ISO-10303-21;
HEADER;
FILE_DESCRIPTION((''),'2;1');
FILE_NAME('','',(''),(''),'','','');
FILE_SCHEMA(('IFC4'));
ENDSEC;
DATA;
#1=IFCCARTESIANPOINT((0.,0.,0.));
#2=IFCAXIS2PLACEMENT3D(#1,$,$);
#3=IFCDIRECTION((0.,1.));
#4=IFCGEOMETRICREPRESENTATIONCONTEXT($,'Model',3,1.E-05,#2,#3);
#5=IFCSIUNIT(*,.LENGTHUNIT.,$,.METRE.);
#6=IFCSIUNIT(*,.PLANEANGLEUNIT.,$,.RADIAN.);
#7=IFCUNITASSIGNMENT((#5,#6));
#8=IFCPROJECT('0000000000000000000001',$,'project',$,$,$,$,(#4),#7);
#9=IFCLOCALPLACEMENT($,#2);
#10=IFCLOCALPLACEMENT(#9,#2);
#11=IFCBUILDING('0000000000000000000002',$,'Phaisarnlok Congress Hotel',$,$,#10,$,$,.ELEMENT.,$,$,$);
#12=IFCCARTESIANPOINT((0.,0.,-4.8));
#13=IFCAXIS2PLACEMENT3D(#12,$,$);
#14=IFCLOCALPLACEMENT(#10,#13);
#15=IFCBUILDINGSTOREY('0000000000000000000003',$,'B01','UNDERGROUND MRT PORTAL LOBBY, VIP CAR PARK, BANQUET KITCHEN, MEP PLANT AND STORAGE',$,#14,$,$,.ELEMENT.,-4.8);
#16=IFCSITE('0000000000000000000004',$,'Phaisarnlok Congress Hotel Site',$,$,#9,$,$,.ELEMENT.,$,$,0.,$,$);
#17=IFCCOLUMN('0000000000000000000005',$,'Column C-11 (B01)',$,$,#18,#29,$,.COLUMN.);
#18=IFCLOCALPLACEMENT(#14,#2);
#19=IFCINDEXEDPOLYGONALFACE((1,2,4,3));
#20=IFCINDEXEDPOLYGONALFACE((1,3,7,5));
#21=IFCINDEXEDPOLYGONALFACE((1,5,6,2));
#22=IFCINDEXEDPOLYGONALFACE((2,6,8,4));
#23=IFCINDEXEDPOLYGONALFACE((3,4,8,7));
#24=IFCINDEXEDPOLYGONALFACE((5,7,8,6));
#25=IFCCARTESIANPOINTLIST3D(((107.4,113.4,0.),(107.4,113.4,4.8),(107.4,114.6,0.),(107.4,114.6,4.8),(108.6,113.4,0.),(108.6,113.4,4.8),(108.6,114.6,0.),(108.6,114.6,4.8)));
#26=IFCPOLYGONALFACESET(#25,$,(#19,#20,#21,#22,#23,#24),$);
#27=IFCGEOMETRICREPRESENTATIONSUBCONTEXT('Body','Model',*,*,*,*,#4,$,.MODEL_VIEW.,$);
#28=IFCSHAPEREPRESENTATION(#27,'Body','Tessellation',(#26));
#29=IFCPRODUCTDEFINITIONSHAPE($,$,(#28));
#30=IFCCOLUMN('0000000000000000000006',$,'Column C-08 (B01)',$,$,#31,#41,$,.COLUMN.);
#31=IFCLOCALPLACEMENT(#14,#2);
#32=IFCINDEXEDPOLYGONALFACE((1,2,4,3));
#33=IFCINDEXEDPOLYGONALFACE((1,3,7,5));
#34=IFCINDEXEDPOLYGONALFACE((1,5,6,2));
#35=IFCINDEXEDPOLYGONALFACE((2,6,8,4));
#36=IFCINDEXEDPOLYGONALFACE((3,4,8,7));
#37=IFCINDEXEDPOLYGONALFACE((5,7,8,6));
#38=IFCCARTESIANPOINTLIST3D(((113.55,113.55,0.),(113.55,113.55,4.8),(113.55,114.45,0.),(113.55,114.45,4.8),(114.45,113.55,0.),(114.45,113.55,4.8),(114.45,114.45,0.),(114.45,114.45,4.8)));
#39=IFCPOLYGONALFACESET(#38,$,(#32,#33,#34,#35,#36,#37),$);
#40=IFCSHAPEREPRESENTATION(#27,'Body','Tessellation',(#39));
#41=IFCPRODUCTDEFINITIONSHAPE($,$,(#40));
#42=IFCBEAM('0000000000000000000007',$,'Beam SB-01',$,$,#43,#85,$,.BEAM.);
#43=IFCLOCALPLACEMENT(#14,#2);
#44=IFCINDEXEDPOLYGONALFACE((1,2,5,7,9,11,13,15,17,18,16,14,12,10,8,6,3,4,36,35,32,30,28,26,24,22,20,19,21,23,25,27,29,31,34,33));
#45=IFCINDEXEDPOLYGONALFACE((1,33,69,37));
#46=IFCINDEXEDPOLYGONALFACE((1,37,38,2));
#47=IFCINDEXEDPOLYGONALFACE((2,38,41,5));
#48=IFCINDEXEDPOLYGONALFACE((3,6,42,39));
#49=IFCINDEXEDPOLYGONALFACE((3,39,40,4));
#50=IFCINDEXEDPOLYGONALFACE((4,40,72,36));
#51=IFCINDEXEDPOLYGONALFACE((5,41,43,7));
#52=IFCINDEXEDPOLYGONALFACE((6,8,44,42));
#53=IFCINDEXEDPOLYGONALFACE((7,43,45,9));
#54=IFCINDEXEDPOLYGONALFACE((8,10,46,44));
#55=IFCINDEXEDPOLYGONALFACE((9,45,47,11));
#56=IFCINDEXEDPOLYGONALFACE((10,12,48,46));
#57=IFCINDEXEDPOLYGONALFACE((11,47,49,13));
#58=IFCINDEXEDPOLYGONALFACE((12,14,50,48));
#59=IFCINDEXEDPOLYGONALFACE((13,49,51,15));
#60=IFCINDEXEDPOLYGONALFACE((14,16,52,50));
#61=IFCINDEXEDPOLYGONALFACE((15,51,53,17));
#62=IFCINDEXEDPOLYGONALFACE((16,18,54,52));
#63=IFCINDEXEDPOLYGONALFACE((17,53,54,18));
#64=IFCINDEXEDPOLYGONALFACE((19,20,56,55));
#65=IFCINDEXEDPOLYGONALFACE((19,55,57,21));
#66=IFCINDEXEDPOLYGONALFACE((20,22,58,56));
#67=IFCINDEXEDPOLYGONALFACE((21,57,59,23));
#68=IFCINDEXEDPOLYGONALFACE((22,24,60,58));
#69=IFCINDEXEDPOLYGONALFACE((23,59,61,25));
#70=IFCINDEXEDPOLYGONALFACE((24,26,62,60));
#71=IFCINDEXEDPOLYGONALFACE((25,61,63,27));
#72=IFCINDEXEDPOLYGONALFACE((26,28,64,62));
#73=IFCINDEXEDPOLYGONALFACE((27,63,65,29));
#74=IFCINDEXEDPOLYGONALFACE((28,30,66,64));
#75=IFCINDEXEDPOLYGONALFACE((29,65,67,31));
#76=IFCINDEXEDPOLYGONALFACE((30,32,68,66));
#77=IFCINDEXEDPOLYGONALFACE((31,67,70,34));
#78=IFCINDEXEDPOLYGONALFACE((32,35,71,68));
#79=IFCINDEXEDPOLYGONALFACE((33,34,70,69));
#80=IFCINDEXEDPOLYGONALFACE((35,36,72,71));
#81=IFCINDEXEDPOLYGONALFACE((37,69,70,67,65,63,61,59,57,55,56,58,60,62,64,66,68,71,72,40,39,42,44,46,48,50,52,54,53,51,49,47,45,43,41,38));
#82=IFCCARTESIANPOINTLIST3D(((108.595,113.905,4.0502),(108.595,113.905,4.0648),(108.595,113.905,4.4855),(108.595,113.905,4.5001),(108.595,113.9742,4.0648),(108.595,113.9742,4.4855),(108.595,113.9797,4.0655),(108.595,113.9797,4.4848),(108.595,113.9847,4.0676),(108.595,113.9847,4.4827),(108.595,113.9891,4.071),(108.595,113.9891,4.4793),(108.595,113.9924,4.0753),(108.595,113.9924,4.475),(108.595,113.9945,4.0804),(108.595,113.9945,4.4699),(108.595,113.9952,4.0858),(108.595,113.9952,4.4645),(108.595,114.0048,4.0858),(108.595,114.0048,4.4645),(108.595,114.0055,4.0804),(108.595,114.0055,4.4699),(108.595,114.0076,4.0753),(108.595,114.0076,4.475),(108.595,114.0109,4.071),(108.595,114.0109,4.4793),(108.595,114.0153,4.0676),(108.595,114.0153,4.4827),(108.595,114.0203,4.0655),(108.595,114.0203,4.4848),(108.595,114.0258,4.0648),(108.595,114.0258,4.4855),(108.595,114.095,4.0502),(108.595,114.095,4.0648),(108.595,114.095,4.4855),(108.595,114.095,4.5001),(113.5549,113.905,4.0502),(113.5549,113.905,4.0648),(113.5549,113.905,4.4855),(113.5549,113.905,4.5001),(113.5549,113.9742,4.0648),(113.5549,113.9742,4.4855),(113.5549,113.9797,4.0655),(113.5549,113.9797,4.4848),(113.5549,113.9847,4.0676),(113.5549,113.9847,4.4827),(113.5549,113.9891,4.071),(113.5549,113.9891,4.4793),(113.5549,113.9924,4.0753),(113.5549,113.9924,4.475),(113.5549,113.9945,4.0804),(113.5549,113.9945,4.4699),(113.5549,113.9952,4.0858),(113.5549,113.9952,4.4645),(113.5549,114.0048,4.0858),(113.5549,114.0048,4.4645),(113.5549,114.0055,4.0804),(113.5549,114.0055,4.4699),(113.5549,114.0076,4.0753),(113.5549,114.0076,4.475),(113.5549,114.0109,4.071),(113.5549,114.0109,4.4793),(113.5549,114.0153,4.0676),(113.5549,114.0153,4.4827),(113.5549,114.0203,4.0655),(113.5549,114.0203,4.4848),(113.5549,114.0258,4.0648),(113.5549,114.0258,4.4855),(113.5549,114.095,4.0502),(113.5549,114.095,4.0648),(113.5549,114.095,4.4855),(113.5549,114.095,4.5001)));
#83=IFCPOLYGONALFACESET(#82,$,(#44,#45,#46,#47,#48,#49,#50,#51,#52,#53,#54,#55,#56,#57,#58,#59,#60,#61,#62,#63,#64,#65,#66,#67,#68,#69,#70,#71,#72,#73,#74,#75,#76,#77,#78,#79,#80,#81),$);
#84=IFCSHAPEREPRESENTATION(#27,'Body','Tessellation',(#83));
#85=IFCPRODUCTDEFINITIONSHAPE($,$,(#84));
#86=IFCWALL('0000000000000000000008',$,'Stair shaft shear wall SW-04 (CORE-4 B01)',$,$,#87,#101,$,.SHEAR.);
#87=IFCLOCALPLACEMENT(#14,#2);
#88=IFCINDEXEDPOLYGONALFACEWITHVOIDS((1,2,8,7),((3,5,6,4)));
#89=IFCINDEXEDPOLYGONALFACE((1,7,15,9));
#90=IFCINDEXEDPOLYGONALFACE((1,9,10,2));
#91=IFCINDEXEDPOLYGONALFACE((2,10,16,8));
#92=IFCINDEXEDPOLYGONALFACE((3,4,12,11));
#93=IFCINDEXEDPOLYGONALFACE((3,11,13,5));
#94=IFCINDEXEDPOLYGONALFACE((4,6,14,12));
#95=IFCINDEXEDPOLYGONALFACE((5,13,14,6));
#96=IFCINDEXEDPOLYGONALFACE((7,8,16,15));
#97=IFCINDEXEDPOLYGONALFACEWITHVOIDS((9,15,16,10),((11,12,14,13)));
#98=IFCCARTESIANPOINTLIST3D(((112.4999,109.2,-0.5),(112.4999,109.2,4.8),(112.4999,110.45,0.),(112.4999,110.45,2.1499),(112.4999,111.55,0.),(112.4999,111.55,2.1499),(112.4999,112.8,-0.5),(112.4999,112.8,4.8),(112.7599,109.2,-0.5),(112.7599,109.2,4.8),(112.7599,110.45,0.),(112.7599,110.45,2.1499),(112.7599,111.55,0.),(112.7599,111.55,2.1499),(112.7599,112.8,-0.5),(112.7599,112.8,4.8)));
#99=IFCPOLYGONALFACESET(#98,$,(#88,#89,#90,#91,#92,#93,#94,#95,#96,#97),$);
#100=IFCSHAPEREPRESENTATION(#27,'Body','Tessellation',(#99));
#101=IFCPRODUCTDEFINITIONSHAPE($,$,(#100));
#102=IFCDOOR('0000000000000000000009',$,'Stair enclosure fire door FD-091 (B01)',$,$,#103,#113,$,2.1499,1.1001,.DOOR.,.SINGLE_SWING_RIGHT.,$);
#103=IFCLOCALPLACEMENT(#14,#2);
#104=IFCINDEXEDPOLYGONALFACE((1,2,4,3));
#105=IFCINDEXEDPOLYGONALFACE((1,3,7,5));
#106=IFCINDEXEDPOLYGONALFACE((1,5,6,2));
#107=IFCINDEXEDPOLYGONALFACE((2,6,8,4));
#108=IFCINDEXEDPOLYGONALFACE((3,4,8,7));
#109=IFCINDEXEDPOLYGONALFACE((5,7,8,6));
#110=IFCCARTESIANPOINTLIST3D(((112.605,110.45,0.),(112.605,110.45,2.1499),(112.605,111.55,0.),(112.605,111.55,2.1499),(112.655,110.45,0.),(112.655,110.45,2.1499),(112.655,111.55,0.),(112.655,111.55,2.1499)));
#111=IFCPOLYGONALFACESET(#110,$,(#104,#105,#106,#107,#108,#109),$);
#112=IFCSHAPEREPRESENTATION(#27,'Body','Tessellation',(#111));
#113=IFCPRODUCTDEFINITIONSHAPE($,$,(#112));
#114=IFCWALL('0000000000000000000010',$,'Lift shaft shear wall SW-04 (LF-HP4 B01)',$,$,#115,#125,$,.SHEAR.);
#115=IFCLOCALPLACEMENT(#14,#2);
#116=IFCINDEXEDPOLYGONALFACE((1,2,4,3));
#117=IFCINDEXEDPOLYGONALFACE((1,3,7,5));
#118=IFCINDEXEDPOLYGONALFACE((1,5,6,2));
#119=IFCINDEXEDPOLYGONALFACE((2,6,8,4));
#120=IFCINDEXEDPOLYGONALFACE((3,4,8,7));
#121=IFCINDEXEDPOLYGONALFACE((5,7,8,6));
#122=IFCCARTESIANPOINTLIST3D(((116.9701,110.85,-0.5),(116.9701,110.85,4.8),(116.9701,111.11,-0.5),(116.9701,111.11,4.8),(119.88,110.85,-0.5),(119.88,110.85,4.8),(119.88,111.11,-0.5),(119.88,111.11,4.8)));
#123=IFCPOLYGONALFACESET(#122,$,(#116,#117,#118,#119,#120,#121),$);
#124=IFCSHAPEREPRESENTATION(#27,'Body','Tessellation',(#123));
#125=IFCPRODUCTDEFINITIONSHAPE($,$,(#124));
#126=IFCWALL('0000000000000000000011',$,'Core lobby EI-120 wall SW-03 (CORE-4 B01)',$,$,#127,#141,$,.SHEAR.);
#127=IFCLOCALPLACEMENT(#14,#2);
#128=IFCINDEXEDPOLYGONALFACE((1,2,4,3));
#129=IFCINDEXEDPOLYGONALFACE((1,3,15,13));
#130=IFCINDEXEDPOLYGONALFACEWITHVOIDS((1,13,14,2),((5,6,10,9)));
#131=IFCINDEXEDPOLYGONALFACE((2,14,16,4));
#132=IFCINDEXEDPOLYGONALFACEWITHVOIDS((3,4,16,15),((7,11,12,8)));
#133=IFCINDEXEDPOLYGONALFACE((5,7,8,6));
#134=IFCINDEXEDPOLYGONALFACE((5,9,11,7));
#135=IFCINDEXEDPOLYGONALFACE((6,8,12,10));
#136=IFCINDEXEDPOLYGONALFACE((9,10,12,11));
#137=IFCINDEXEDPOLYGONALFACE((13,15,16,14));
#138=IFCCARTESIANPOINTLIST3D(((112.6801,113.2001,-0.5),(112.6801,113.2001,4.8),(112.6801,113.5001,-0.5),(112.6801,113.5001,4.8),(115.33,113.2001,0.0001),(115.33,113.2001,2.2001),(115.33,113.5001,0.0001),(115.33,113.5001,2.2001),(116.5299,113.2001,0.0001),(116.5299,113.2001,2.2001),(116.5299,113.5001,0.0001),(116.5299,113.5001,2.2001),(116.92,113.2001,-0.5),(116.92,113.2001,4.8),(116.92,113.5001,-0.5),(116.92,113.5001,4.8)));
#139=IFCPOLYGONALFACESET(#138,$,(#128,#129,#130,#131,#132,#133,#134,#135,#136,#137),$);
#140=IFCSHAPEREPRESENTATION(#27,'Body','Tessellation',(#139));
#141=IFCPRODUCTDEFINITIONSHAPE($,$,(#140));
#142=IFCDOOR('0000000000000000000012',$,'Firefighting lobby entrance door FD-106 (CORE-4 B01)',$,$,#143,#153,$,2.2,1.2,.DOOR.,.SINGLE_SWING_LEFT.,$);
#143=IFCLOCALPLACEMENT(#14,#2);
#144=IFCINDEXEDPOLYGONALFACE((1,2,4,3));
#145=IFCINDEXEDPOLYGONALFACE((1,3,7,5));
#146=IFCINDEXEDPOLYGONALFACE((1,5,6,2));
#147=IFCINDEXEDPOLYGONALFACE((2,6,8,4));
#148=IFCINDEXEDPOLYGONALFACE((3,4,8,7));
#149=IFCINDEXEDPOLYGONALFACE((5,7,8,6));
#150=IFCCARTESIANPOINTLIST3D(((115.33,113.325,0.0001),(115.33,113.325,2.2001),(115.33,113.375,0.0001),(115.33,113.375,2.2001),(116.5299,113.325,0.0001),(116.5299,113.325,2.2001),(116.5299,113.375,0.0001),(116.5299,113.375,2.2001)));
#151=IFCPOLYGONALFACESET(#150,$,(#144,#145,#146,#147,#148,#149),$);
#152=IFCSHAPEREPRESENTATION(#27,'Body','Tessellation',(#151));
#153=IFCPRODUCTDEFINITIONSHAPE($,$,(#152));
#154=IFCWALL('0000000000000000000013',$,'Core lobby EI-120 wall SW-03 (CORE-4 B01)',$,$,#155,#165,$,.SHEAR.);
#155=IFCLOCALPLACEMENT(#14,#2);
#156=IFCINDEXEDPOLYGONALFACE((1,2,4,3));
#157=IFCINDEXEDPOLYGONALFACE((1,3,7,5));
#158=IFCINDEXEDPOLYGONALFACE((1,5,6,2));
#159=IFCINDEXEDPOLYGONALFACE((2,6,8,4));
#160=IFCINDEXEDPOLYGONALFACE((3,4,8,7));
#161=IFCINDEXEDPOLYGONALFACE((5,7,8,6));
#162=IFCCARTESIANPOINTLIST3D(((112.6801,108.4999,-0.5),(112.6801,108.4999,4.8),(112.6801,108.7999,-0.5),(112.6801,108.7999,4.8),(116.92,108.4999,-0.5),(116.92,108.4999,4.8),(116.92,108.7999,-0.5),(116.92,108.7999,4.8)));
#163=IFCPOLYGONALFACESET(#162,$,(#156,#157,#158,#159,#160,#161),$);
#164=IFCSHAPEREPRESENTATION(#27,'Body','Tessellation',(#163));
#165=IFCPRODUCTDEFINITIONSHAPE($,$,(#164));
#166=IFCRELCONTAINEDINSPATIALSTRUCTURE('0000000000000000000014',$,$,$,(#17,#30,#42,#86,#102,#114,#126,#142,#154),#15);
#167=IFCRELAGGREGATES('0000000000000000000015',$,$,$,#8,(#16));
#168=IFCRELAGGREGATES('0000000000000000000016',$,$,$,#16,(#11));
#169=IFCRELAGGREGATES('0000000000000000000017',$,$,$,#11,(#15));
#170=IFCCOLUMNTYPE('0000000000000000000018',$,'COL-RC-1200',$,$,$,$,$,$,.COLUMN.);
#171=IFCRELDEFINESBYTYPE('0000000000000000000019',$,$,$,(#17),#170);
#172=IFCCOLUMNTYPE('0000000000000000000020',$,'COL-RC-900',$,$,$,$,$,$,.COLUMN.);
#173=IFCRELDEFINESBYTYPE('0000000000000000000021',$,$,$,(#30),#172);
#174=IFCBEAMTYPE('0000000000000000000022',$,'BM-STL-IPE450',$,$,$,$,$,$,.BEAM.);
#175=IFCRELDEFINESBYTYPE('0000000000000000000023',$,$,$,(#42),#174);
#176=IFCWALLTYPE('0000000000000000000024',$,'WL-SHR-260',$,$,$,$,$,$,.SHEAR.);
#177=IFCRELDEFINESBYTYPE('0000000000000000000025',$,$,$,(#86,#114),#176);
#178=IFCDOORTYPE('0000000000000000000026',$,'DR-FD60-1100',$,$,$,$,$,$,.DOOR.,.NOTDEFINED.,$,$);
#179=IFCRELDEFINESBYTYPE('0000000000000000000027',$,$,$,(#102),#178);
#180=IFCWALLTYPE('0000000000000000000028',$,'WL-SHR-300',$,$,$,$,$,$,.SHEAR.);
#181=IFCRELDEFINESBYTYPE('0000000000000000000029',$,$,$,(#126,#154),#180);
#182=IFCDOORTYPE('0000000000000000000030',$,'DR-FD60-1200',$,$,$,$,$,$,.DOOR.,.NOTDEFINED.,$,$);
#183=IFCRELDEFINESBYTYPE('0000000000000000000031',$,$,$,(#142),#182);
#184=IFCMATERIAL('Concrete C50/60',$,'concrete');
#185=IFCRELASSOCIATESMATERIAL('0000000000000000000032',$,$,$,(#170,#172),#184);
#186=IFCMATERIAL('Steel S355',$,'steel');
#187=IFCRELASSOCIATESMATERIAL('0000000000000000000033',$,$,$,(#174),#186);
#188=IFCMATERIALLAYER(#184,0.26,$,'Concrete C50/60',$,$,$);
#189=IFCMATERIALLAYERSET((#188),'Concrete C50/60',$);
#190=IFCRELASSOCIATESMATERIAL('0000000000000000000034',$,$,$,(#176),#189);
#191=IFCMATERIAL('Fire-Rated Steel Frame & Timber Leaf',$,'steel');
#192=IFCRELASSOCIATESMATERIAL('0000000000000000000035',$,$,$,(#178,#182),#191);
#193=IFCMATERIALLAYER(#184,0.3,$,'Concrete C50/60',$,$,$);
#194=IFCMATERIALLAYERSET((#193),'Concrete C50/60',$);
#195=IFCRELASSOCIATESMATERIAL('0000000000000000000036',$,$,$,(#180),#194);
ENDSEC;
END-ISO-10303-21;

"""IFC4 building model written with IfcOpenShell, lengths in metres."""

from ifc_helpers import new_model, si_unit, direction, frame, frame_2d, origin, origin_2d, place, context, subcontext, project, spatial, rectangle, i_section, extrude, material, layer, layer_set, material_profile, profile_set, type_object, element, fill, save


model = new_model("IFC4")

# Units and contexts
model_context = context("Model", 3, precision=1e-05, world=origin(), true_north=direction((0.0, 1.0)))
body_context = subcontext(model_context, "Body", "Model", "MODEL_VIEW")
ifc_project = project(units=[si_unit("LENGTHUNIT", "METRE"), si_unit("PLANEANGLEUNIT", "RADIAN")], contexts=[model_context])

# Site, building, storey
site_placement = place(None, origin())
site = spatial("IfcSite", under=ifc_project, at=site_placement, Name="Phaisarnlok Congress Hotel Site", CompositionType="ELEMENT", RefElevation=0.0)
building_placement = place(site_placement, origin())
building = spatial("IfcBuilding", under=site, at=building_placement, Name="Phaisarnlok Congress Hotel", CompositionType="ELEMENT")
storey_placement = place(building_placement, frame((0.0, 0.0, -4.8)))
storey = spatial("IfcBuildingStorey", under=building, at=storey_placement, Name="B01", Description="UNDERGROUND MRT PORTAL LOBBY, VIP CAR PARK, BANQUET KITCHEN, MEP PLANT AND STORAGE", CompositionType="ELEMENT", Elevation=-4.8)

# Columns
ifc_material_1 = material(Name="Concrete C50/60", Category="concrete")
ifc_material_profile_1 = material_profile(ifc_material_1, rectangle(XDim=1.2, YDim=1.2, at=origin_2d()), Name="RC 1200x1200")
ifc_profile_set_1 = profile_set([ifc_material_profile_1], Name="Concrete C50/60")
column_type_1 = type_object("IfcColumnType", Name="COL-RC-1200", PredefinedType="COLUMN", material=ifc_profile_set_1)
column_1_placement = place(storey_placement, frame((108.0, 114.0, 0.0), z_axis=(0.0, 0.0, 1.0), x_axis=(1.0, 0.0, 0.0)))
element("IfcColumn", 1, at=column_1_placement, inside=storey, type_object=column_type_1, Name="Column C-11 (B01)", PredefinedType="COLUMN", context=body_context, shape_type="SweptSolid", body=[
    extrude(rectangle(XDim=1.2, YDim=1.2, at=origin_2d()), origin(), (0.0, 0.0, 1.0), 4.8),
])
ifc_material_profile_2 = material_profile(ifc_material_1, rectangle(XDim=0.8999, YDim=0.8999, at=origin_2d()), Name="RC 900x900")
ifc_profile_set_2 = profile_set([ifc_material_profile_2], Name="Concrete C50/60")
column_type_2 = type_object("IfcColumnType", Name="COL-RC-900", PredefinedType="COLUMN", material=ifc_profile_set_2)
column_2_placement = place(storey_placement, frame((114.0, 114.0, 0.0), z_axis=(0.0, 0.0, 1.0), x_axis=(1.0, 0.0, 0.0)))
element("IfcColumn", 2, at=column_2_placement, inside=storey, type_object=column_type_2, Name="Column C-08 (B01)", PredefinedType="COLUMN", context=body_context, shape_type="SweptSolid", body=[
    extrude(rectangle(XDim=0.8999, YDim=0.8999, at=origin_2d()), origin(), (0.0, 0.0, 1.0), 4.8),
])

# Beam
ifc_material_2 = material(Name="Steel S355", Category="steel")
ifc_material_profile_3 = material_profile(ifc_material_2, i_section(OverallWidth=0.1899, OverallDepth=0.45, WebThickness=0.0095, FlangeThickness=0.0146, FilletRadius=0.021, at=origin_2d()), Name="IPE 450")
ifc_profile_set_3 = profile_set([ifc_material_profile_3], Name="Steel S355")
beam_type = type_object("IfcBeamType", Name="BM-STL-IPE450", PredefinedType="BEAM", material=ifc_profile_set_3)
beam_placement = place(storey_placement, frame((108.595, 114.0, 4.2751), z_axis=(1.0, 0.0, 0.0), x_axis=(0.0, 1.0, 0.0)))
element("IfcBeam", 3, at=beam_placement, inside=storey, type_object=beam_type, Name="Beam SB-01", PredefinedType="BEAM", context=body_context, shape_type="SweptSolid", body=[
    extrude(i_section(OverallWidth=0.1899, OverallDepth=0.45, WebThickness=0.0095, FlangeThickness=0.0146, FilletRadius=0.021, at=origin_2d()), origin(), (0.0, 0.0, 1.0), 4.96),
])

# Wall, opening, door
ifc_layer_1 = layer(ifc_material_1, 0.26, Name="Concrete C50/60")
ifc_layer_set_1 = layer_set([ifc_layer_1], Name="Concrete C50/60")
wall_type_1 = type_object("IfcWallType", Name="WL-SHR-260", PredefinedType="SHEAR", material=ifc_layer_set_1)
wall_1_placement = place(storey_placement, frame((112.6299, 109.2, -0.5), z_axis=(0.0, 0.0, 1.0), x_axis=(0.0, 1.0, 0.0)))
wall_1 = element("IfcWall", 4, at=wall_1_placement, inside=storey, type_object=wall_type_1, Name="Stair shaft shear wall SW-04 (CORE-4 B01)", PredefinedType="SHEAR", context=body_context, shape_type="SweptSolid", body=[
    extrude(rectangle(XDim=3.6001, YDim=0.26, at=frame_2d((1.8, 0.0))), origin(), (0.0, 0.0, 1.0), 5.3),
])
opening_1_placement = place(wall_1_placement, frame((1.25, 0.0, 0.5)))
opening_1 = element("IfcOpeningElement", 5, at=opening_1_placement, cuts=wall_1, PredefinedType="OPENING", context=body_context, shape_type="SweptSolid", body=[
    extrude(rectangle(XDim=1.1001, YDim=2.1499, at=frame_2d((0.55, 1.075))), frame((0.0, 0.1401, 0.0), z_axis=(0.0, -1.0, 0.0), x_axis=(1.0, 0.0, 0.0)), (0.0, 0.0, 1.0), 0.28),
])
ifc_material_3 = material(Name="Fire-Rated Steel Frame & Timber Leaf", Category="steel")
door_type_1 = type_object("IfcDoorType", Name="DR-FD60-1100", OperationType="NOTDEFINED", PredefinedType="DOOR", material=ifc_material_3)
door_1_placement = place(opening_1_placement, origin())
door_1 = element("IfcDoor", 6, at=door_1_placement, inside=storey, type_object=door_type_1, Name="Stair enclosure fire door FD-091 (B01)", OperationType="SINGLE_SWING_RIGHT", OverallHeight=2.1499, OverallWidth=1.1001, PredefinedType="DOOR", context=body_context, shape_type="SweptSolid", body=[
    extrude(rectangle(XDim=1.1001, YDim=2.1499, at=frame_2d((0.55, 1.075))), frame((0.0, 0.0249, 0.0), z_axis=(0.0, -1.0, 0.0), x_axis=(1.0, 0.0, 0.0)), (0.0, 0.0, 1.0), 0.05),
])
fill(opening_1, door_1)

# Wall
wall_2_placement = place(storey_placement, frame((116.97, 110.98, -0.5), z_axis=(0.0, 0.0, 1.0), x_axis=(1.0, 0.0, 0.0)))
element("IfcWall", 7, at=wall_2_placement, inside=storey, type_object=wall_type_1, Name="Lift shaft shear wall SW-04 (LF-HP4 B01)", PredefinedType="SHEAR", context=body_context, shape_type="SweptSolid", body=[
    extrude(rectangle(XDim=2.9099, YDim=0.26, at=frame_2d((1.4551, 0.0))), origin(), (0.0, 0.0, 1.0), 5.3),
])

# Wall, opening, door
ifc_layer_2 = layer(ifc_material_1, 0.3, Name="Concrete C50/60")
ifc_layer_set_2 = layer_set([ifc_layer_2], Name="Concrete C50/60")
wall_type_2 = type_object("IfcWallType", Name="WL-SHR-300", PredefinedType="SHEAR", material=ifc_layer_set_2)
wall_3_placement = place(storey_placement, frame((112.6799, 113.3501, -0.5), z_axis=(0.0, 0.0, 1.0), x_axis=(1.0, 0.0, 0.0)))
wall_3 = element("IfcWall", 8, at=wall_3_placement, inside=storey, type_object=wall_type_2, Name="Core lobby EI-120 wall SW-03 (CORE-4 B01)", PredefinedType="SHEAR", context=body_context, shape_type="SweptSolid", body=[
    extrude(rectangle(XDim=4.24, YDim=0.3, at=frame_2d((2.1201, 0.0))), origin(), (0.0, 0.0, 1.0), 5.3),
])
opening_2_placement = place(wall_3_placement, frame((2.6499, 0.0, 0.5)))
opening_2 = element("IfcOpeningElement", 9, at=opening_2_placement, cuts=wall_3, PredefinedType="OPENING", context=body_context, shape_type="SweptSolid", body=[
    extrude(rectangle(XDim=1.2, YDim=2.2, at=frame_2d((0.6001, 1.1001))), frame((0.0, 0.1602, 0.0), z_axis=(0.0, -1.0, 0.0), x_axis=(1.0, 0.0, 0.0)), (0.0, 0.0, 1.0), 0.3201),
])
door_type_2 = type_object("IfcDoorType", Name="DR-FD60-1200", OperationType="NOTDEFINED", PredefinedType="DOOR", material=ifc_material_3)
door_2_placement = place(opening_2_placement, origin())
door_2 = element("IfcDoor", 10, at=door_2_placement, inside=storey, type_object=door_type_2, Name="Firefighting lobby entrance door FD-106 (CORE-4 B01)", OperationType="SINGLE_SWING_LEFT", OverallHeight=2.2, OverallWidth=1.2, PredefinedType="DOOR", context=body_context, shape_type="SweptSolid", body=[
    extrude(rectangle(XDim=1.2, YDim=2.2, at=frame_2d((0.6001, 1.1001))), frame((0.0, 0.0249, 0.0), z_axis=(0.0, -1.0, 0.0), x_axis=(1.0, 0.0, 0.0)), (0.0, 0.0, 1.0), 0.05),
])
fill(opening_2, door_2)

# Wall
wall_4_placement = place(storey_placement, frame((112.6799, 108.6499, -0.5), z_axis=(0.0, 0.0, 1.0), x_axis=(1.0, 0.0, 0.0)))
element("IfcWall", 11, at=wall_4_placement, inside=storey, type_object=wall_type_2, Name="Core lobby EI-120 wall SW-03 (CORE-4 B01)", PredefinedType="SHEAR", context=body_context, shape_type="SweptSolid", body=[
    extrude(rectangle(XDim=4.24, YDim=0.3, at=frame_2d((2.1201, 0.0))), origin(), (0.0, 0.0, 1.0), 5.3),
])

save(model, "model.ifc")
